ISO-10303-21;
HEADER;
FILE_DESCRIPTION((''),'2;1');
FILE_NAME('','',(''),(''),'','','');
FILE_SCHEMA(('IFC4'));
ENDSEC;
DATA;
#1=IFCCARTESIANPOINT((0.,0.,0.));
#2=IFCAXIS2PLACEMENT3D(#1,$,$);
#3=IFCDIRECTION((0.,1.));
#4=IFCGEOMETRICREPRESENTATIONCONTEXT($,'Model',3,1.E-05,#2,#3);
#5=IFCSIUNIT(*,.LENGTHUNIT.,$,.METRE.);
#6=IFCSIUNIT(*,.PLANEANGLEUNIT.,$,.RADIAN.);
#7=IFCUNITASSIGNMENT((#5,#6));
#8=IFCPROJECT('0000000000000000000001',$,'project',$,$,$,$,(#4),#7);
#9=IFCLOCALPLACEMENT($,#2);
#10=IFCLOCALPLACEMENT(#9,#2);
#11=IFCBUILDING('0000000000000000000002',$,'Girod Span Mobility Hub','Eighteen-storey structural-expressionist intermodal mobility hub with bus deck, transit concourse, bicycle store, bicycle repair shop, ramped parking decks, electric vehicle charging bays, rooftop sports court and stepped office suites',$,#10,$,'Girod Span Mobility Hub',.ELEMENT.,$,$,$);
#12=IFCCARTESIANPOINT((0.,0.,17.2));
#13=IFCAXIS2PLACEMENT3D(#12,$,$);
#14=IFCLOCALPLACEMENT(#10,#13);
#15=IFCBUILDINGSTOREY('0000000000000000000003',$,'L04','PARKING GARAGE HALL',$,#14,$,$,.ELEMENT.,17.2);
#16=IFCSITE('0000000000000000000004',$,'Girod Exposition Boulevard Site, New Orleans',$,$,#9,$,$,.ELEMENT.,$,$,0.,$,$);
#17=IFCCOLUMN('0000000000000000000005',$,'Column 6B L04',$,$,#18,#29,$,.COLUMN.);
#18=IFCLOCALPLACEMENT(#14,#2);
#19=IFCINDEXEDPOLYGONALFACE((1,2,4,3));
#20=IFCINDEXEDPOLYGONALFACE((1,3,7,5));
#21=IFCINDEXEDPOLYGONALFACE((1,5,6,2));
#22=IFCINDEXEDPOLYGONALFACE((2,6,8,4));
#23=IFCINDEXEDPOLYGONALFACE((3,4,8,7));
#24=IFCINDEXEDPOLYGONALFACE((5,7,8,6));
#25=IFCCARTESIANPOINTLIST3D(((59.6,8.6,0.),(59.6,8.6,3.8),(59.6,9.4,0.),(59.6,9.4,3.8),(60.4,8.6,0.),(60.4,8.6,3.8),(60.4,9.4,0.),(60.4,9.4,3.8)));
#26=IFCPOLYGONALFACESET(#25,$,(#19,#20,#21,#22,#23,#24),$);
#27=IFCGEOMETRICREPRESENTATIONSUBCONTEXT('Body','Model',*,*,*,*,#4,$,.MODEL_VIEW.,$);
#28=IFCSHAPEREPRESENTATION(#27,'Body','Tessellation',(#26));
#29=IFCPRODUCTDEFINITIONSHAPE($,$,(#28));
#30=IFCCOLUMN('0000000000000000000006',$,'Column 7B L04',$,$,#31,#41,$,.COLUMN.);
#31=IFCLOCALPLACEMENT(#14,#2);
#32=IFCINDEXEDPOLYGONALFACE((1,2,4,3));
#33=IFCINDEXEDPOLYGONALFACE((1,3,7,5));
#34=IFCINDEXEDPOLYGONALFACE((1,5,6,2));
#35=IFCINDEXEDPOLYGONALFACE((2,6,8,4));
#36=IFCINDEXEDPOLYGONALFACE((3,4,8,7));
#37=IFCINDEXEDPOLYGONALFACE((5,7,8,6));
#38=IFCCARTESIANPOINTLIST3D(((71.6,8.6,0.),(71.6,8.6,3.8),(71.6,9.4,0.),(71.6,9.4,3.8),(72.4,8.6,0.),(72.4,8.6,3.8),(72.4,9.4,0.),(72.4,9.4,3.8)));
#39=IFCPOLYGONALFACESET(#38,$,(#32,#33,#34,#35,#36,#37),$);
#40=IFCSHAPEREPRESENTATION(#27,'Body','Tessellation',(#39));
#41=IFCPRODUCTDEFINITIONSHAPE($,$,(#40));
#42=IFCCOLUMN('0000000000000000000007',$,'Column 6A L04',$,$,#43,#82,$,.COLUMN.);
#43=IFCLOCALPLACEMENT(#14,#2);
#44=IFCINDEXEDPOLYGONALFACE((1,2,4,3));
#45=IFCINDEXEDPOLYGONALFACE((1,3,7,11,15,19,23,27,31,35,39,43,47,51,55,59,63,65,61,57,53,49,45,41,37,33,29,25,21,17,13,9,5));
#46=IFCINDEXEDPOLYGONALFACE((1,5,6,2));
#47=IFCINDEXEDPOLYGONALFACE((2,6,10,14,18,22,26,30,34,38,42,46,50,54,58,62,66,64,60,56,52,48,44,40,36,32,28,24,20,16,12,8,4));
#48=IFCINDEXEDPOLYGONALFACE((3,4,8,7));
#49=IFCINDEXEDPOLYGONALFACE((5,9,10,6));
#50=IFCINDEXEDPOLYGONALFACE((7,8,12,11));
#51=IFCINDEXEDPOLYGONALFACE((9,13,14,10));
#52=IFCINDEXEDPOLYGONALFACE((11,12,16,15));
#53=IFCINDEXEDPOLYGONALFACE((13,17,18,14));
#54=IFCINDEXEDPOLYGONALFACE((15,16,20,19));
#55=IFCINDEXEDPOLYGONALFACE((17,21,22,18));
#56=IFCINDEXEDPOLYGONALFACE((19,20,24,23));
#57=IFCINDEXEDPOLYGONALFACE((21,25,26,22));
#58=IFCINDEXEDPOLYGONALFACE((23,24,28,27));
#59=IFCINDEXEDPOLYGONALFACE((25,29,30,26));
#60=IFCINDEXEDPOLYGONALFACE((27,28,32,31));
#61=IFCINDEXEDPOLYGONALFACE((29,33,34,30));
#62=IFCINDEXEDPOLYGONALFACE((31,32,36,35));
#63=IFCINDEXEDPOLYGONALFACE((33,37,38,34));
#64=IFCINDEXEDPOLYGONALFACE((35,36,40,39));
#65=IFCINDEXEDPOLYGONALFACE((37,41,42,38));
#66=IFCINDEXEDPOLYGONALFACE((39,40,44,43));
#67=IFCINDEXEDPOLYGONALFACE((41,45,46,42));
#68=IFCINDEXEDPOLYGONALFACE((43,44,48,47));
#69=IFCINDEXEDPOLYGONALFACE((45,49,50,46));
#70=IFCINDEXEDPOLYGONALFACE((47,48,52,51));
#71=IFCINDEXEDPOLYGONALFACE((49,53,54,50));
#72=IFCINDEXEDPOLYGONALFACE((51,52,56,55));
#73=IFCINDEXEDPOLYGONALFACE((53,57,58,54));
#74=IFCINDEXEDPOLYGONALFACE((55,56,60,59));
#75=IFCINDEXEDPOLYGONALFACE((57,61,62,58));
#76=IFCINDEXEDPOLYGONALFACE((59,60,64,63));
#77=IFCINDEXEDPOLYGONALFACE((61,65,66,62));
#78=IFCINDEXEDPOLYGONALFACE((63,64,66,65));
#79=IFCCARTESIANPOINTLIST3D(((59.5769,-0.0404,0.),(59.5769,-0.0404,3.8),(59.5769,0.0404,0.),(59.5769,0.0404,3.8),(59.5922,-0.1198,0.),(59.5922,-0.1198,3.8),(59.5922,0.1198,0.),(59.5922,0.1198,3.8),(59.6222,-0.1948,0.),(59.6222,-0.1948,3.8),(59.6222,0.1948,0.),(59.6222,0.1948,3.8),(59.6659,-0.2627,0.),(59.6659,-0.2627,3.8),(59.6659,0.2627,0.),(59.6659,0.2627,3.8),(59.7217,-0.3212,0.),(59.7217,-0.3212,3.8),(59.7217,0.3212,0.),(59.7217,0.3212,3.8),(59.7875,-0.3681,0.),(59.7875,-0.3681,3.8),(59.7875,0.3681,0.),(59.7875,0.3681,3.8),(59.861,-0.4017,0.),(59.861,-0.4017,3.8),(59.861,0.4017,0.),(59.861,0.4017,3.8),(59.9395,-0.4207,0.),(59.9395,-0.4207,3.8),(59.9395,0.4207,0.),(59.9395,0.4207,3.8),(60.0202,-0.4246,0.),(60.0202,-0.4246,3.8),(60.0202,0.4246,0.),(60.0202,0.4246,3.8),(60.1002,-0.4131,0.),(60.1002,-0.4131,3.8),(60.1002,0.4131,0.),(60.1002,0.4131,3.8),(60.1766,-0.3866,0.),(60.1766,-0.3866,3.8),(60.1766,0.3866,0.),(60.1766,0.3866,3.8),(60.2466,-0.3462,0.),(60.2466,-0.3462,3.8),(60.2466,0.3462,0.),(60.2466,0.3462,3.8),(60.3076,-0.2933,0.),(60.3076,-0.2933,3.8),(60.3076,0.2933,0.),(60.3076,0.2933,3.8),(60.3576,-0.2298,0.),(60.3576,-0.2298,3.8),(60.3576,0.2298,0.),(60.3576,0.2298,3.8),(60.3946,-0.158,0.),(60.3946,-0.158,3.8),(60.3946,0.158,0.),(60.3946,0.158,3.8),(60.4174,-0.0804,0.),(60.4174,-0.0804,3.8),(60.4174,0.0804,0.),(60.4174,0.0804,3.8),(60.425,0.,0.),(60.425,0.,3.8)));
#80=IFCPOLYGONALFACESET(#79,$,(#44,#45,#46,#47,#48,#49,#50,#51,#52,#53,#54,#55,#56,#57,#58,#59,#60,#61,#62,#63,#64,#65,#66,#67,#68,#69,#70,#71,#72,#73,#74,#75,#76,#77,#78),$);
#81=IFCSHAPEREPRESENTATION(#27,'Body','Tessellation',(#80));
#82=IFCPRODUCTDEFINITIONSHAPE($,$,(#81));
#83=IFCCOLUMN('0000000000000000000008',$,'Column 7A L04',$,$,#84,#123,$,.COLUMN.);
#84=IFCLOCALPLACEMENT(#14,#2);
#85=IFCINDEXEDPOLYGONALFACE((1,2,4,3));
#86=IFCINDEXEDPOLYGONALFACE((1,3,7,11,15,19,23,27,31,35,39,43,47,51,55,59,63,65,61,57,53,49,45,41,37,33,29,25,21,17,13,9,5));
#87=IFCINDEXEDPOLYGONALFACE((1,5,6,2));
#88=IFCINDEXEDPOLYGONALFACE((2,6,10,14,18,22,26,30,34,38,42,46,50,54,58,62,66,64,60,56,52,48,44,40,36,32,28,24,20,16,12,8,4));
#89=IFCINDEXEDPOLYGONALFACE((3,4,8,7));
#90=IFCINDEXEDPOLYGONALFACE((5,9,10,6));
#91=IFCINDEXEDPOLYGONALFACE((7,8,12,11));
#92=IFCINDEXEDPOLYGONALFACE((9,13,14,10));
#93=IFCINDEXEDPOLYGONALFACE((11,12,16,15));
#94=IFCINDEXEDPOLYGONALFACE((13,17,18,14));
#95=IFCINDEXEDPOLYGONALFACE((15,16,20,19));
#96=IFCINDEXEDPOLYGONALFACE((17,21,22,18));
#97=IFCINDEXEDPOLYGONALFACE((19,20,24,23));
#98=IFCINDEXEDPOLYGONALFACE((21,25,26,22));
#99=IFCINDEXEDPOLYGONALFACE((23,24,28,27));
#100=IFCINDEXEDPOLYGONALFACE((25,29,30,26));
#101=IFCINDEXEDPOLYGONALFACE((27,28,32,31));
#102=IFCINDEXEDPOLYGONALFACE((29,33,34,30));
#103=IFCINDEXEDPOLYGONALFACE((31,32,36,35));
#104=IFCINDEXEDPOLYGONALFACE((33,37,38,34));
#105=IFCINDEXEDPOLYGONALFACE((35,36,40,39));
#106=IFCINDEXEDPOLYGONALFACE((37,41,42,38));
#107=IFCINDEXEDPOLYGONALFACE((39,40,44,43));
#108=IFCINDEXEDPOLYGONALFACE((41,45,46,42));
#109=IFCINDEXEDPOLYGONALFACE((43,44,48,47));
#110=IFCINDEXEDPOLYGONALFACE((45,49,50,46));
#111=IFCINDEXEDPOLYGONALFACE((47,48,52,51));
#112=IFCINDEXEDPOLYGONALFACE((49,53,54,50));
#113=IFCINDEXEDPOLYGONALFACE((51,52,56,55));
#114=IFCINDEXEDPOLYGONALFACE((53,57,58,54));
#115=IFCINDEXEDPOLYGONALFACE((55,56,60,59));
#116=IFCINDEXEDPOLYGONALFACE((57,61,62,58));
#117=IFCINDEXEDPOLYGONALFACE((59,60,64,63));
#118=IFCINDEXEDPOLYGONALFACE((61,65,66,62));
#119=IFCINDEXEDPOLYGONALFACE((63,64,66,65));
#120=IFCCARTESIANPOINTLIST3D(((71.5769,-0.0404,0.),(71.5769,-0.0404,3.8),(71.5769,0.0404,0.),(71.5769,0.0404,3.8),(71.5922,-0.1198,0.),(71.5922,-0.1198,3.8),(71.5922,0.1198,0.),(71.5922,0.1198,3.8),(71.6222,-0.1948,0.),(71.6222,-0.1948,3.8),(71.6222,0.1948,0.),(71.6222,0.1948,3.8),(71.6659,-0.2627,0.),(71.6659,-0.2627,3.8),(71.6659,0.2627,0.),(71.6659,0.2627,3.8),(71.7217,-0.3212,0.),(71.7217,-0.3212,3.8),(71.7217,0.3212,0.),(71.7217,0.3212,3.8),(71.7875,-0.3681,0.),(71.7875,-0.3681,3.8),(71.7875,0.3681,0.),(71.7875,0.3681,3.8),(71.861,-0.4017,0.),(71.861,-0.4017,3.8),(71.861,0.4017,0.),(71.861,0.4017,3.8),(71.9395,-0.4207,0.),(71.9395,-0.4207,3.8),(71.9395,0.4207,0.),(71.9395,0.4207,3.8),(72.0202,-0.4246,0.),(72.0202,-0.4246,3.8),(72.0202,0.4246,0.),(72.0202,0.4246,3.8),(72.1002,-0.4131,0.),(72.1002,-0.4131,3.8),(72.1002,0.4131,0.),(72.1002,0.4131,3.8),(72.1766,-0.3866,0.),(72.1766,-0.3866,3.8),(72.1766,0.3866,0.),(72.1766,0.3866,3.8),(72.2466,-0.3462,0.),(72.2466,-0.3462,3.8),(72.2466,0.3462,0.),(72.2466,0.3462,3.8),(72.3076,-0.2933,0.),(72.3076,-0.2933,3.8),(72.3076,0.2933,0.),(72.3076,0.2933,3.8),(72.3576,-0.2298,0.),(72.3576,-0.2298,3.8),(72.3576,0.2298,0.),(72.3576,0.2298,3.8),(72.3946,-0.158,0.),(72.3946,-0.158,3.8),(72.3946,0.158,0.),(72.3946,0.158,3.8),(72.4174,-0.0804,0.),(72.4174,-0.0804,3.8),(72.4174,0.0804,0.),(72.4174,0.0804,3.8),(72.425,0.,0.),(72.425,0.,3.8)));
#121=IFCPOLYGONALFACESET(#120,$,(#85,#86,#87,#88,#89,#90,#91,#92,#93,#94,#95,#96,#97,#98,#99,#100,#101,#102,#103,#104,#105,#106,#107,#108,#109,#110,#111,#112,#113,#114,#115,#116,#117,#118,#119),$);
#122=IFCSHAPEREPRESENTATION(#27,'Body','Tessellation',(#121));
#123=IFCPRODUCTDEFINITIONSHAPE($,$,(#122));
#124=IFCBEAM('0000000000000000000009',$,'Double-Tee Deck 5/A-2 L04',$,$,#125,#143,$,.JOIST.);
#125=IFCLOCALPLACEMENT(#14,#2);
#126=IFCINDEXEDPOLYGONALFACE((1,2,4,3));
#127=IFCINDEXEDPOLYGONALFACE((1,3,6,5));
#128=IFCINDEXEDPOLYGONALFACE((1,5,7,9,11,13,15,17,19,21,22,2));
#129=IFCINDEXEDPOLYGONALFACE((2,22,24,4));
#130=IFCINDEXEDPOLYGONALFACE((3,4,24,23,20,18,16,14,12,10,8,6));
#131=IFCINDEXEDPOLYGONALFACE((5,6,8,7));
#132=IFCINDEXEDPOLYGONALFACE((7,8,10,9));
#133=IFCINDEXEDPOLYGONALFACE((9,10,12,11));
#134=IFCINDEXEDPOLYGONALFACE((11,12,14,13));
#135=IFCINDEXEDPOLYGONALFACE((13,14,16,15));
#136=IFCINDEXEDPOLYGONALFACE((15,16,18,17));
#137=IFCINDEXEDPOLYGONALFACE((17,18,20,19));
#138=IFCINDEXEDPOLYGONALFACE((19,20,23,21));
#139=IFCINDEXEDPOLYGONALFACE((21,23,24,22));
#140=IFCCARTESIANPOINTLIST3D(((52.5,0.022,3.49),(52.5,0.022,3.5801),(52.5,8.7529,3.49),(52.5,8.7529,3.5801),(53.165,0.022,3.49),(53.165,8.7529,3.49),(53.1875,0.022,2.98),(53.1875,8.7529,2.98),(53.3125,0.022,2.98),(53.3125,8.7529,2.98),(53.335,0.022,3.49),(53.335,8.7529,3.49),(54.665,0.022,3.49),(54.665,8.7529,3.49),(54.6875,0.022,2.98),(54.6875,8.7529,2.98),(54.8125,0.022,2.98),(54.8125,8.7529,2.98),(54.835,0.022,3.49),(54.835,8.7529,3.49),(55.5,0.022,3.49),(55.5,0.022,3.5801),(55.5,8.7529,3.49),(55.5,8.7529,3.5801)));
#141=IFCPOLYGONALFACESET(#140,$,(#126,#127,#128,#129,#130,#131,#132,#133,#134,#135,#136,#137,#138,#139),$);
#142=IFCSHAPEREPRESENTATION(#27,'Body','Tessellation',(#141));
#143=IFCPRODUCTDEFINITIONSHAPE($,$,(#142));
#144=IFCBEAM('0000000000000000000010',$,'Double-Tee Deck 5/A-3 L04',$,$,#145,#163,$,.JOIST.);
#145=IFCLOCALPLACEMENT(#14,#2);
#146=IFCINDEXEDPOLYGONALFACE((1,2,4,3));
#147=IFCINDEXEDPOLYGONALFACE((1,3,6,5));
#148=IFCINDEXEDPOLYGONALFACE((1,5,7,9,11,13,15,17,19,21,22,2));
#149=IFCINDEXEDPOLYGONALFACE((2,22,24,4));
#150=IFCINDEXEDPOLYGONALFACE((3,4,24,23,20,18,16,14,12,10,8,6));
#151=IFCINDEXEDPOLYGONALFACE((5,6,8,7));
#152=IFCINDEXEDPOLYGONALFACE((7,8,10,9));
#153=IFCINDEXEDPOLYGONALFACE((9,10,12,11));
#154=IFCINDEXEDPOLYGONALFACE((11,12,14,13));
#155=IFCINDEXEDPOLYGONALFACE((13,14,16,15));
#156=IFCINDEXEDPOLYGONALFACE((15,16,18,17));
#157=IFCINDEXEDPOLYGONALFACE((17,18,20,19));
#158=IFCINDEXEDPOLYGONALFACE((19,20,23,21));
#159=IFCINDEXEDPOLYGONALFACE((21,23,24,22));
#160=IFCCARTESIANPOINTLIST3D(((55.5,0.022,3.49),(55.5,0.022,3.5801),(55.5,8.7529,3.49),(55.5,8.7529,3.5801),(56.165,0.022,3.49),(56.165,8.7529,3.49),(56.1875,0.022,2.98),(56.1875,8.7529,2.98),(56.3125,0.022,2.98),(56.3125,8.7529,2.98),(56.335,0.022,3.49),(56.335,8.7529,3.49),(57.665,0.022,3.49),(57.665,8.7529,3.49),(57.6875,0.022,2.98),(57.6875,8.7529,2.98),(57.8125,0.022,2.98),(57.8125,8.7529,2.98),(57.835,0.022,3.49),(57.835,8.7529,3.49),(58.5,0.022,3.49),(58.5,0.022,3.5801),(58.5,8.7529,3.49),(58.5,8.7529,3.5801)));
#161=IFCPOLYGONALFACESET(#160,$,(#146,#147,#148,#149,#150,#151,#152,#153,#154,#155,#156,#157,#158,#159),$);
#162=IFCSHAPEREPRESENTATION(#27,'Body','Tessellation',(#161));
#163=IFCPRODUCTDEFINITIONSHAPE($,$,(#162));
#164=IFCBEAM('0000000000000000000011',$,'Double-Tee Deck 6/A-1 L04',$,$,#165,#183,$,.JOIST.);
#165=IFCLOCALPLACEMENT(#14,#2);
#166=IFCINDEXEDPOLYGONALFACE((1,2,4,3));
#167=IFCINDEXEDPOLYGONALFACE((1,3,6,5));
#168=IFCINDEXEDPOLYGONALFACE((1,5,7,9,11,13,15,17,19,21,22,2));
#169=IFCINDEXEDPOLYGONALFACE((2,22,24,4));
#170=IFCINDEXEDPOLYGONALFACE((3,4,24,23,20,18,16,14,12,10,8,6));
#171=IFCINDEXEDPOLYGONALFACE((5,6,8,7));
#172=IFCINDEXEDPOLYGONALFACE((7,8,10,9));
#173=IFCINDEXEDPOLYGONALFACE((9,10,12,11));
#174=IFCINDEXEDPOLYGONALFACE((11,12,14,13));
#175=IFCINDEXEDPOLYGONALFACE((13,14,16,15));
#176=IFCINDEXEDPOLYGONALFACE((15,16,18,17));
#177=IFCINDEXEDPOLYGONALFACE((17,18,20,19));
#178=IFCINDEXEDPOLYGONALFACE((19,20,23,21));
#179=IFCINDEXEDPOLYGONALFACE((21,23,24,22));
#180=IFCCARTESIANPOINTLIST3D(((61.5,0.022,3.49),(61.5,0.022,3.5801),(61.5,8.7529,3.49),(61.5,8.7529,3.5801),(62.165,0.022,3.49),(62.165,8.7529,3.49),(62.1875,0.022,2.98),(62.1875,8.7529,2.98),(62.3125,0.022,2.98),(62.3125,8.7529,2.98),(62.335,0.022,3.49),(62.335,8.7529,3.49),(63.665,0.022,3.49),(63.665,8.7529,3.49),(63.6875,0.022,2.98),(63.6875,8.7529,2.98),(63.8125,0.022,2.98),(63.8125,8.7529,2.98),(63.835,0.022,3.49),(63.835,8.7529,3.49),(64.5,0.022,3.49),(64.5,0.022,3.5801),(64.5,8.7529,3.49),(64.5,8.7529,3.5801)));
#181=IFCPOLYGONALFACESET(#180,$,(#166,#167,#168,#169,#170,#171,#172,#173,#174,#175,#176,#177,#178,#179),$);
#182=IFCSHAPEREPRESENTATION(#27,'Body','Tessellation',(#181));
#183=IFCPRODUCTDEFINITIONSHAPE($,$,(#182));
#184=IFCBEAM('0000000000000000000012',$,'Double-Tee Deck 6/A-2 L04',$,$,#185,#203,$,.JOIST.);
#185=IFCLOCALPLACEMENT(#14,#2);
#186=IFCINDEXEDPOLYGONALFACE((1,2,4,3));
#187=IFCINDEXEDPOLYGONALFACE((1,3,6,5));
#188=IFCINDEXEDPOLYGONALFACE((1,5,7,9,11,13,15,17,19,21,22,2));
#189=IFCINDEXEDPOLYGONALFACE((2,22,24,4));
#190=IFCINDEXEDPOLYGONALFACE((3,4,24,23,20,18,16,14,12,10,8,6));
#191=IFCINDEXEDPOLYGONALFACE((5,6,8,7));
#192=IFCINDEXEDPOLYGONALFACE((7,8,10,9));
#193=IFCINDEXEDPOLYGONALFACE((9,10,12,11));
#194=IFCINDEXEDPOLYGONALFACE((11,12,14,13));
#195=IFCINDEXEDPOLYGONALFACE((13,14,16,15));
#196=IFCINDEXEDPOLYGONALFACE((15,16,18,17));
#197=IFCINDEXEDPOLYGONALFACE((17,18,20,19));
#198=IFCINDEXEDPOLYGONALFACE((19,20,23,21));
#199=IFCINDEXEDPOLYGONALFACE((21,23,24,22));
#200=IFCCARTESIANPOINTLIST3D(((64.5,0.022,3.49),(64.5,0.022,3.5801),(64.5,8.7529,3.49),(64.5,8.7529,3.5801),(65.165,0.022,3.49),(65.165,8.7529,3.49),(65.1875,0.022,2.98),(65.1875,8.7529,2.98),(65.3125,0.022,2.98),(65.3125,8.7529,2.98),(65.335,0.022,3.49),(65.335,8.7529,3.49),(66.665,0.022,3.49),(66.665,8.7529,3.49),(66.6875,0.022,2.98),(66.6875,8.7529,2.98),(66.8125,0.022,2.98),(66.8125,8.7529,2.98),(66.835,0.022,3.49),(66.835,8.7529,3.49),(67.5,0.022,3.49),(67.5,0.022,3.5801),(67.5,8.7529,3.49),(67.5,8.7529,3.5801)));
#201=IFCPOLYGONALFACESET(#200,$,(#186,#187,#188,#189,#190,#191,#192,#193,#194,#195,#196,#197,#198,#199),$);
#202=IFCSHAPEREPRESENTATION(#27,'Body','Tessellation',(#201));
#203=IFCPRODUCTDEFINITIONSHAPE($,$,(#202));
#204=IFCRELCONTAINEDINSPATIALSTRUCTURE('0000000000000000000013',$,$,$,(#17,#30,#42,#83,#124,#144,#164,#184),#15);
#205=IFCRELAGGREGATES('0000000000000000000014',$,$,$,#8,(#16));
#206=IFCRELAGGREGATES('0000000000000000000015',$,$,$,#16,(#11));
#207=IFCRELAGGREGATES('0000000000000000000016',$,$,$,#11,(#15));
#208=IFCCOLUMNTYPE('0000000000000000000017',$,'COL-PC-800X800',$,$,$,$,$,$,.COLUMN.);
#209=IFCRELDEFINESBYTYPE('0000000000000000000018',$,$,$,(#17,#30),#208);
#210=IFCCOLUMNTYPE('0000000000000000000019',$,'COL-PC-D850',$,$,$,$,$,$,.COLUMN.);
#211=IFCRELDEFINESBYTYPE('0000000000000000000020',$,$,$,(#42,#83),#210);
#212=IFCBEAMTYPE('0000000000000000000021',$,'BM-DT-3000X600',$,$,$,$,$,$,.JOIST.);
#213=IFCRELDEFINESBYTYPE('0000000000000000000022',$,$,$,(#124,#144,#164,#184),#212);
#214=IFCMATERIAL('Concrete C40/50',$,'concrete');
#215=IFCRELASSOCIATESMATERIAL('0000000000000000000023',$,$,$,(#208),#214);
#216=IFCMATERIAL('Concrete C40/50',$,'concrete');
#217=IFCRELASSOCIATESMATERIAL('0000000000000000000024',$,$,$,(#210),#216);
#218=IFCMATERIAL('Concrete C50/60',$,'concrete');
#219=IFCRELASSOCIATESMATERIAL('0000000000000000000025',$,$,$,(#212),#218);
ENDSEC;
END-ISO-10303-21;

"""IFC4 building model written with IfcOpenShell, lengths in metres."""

from ifc_helpers import new_model, si_unit, direction, frame, origin, origin_2d, place, context, subcontext, project, spatial, polyline, rectangle, circle, outline, extrude, material, material_profile, profile_set, type_object, element, save


model = new_model("IFC4")

# Units and contexts
model_context = context("Model", 3, precision=1e-05, world=origin(), true_north=direction((0.0, 1.0)))
body_context = subcontext(model_context, "Body", "Model", "MODEL_VIEW")
ifc_project = project(units=[si_unit("LENGTHUNIT", "METRE"), si_unit("PLANEANGLEUNIT", "RADIAN")], contexts=[model_context])

# Site, building, storey
site_placement = place(None, origin())
site = spatial("IfcSite", under=ifc_project, at=site_placement, Name="Girod Exposition Boulevard Site, New Orleans", CompositionType="ELEMENT", RefElevation=0.0)
building_placement = place(site_placement, origin())
building = spatial("IfcBuilding", under=site, at=building_placement, Name="Girod Span Mobility Hub", Description="Eighteen-storey structural-expressionist intermodal mobility hub with bus deck, transit concourse, bicycle store, bicycle repair shop, ramped parking decks, electric vehicle charging bays, rooftop sports court and stepped office suites", LongName="Girod Span Mobility Hub", CompositionType="ELEMENT")
storey_placement = place(building_placement, frame((0.0, 0.0, 17.2)))
storey = spatial("IfcBuildingStorey", under=building, at=storey_placement, Name="L04", Description="PARKING GARAGE HALL", CompositionType="ELEMENT", Elevation=17.2)

# Columns
ifc_material_1 = material(Name="Concrete C40/50", Category="concrete")
ifc_material_profile_1 = material_profile(ifc_material_1, rectangle(XDim=0.8, YDim=0.8, at=origin_2d()), Name="PC-COL-800X800")
ifc_profile_set_1 = profile_set([ifc_material_profile_1], Name="Concrete C40/50")
column_type_1 = type_object("IfcColumnType", Name="COL-PC-800X800", PredefinedType="COLUMN", material=ifc_profile_set_1)
for number, where, z_axis, x_axis, name in (
    (1, (60.0, 9.0, 0.0), (0.0, 0.0, 1.0), (1.0, 0.0, 0.0), "Column 6B L04"),
    (2, (72.0, 9.0, 0.0), (0.0, 0.0, 1.0), (1.0, 0.0, 0.0), "Column 7B L04"),
):
    element("IfcColumn", number, at=place(storey_placement, frame(where, z_axis=z_axis, x_axis=x_axis)), inside=storey, type_object=column_type_1, Name=name, PredefinedType="COLUMN", context=body_context, shape_type="SweptSolid", body=[
        extrude(rectangle(XDim=0.8, YDim=0.8, at=origin_2d()), origin(), (0.0, 0.0, 1.0), 3.8),
    ])
ifc_material_2 = material(Name="Concrete C40/50", Category="concrete")
ifc_material_profile_2 = material_profile(ifc_material_2, circle(Radius=0.425, at=origin_2d()), Name="PC-CIR-D850")
ifc_profile_set_2 = profile_set([ifc_material_profile_2], Name="Concrete C40/50")
column_type_2 = type_object("IfcColumnType", Name="COL-PC-D850", PredefinedType="COLUMN", material=ifc_profile_set_2)
for number, where, z_axis, x_axis, name in (
    (3, (60.0, 0.0, 0.0), (0.0, 0.0, 1.0), (1.0, 0.0, 0.0), "Column 6A L04"),
    (4, (72.0, 0.0, 0.0), (0.0, 0.0, 1.0), (1.0, 0.0, 0.0), "Column 7A L04"),
):
    element("IfcColumn", number, at=place(storey_placement, frame(where, z_axis=z_axis, x_axis=x_axis)), inside=storey, type_object=column_type_2, Name=name, PredefinedType="COLUMN", context=body_context, shape_type="SweptSolid", body=[
        extrude(circle(Radius=0.425, at=origin_2d()), origin(), (0.0, 0.0, 1.0), 3.8),
    ])

# Beams
ifc_material_3 = material(Name="Concrete C50/60", Category="concrete")
ifc_material_profile_3 = material_profile(ifc_material_3, outline(polyline([(-1.5, 0.3), (-1.5, 0.21), (-0.835, 0.21), (-0.8125, -0.3), (-0.6875, -0.3), (-0.665, 0.21), (0.665, 0.21), (0.6875, -0.3), (0.8125, -0.3), (0.835, 0.21), (1.5, 0.21), (1.5, 0.3), (-1.5, 0.3)])), Name="DT-3000X600")
ifc_profile_set_3 = profile_set([ifc_material_profile_3], Name="Concrete C50/60")
beam_type_1 = type_object("IfcBeamType", Name="BM-DT-3000X600", PredefinedType="JOIST", material=ifc_profile_set_3)
for number, where, z_axis, x_axis, name in (
    (5, (54.0, 0.022, 3.28), (0.0, 1.0, 0.0), (-1.0, 0.0, 0.0), "Double-Tee Deck 5/A-2 L04"),
    (6, (57.0, 0.022, 3.28), (0.0, 1.0, 0.0), (-1.0, 0.0, 0.0), "Double-Tee Deck 5/A-3 L04"),
    (7, (63.0, 0.022, 3.28), (0.0, 1.0, 0.0), (-1.0, 0.0, 0.0), "Double-Tee Deck 6/A-1 L04"),
    (8, (66.0, 0.022, 3.28), (0.0, 1.0, 0.0), (-1.0, 0.0, 0.0), "Double-Tee Deck 6/A-2 L04"),
):
    element("IfcBeam", number, at=place(storey_placement, frame(where, z_axis=z_axis, x_axis=x_axis)), inside=storey, type_object=beam_type_1, Name=name, PredefinedType="JOIST", context=body_context, shape_type="SweptSolid", body=[
        extrude(outline(polyline([(-1.5, 0.3), (-1.5, 0.21), (-0.835, 0.21), (-0.8125, -0.3), (-0.6875, -0.3), (-0.665, 0.21), (0.665, 0.21), (0.6875, -0.3), (0.8125, -0.3), (0.835, 0.21), (1.5, 0.21), (1.5, 0.3), (-1.5, 0.3)])), origin(), (0.0, 0.0, 1.0), 8.731),
    ])

save(model, "model.ifc")
